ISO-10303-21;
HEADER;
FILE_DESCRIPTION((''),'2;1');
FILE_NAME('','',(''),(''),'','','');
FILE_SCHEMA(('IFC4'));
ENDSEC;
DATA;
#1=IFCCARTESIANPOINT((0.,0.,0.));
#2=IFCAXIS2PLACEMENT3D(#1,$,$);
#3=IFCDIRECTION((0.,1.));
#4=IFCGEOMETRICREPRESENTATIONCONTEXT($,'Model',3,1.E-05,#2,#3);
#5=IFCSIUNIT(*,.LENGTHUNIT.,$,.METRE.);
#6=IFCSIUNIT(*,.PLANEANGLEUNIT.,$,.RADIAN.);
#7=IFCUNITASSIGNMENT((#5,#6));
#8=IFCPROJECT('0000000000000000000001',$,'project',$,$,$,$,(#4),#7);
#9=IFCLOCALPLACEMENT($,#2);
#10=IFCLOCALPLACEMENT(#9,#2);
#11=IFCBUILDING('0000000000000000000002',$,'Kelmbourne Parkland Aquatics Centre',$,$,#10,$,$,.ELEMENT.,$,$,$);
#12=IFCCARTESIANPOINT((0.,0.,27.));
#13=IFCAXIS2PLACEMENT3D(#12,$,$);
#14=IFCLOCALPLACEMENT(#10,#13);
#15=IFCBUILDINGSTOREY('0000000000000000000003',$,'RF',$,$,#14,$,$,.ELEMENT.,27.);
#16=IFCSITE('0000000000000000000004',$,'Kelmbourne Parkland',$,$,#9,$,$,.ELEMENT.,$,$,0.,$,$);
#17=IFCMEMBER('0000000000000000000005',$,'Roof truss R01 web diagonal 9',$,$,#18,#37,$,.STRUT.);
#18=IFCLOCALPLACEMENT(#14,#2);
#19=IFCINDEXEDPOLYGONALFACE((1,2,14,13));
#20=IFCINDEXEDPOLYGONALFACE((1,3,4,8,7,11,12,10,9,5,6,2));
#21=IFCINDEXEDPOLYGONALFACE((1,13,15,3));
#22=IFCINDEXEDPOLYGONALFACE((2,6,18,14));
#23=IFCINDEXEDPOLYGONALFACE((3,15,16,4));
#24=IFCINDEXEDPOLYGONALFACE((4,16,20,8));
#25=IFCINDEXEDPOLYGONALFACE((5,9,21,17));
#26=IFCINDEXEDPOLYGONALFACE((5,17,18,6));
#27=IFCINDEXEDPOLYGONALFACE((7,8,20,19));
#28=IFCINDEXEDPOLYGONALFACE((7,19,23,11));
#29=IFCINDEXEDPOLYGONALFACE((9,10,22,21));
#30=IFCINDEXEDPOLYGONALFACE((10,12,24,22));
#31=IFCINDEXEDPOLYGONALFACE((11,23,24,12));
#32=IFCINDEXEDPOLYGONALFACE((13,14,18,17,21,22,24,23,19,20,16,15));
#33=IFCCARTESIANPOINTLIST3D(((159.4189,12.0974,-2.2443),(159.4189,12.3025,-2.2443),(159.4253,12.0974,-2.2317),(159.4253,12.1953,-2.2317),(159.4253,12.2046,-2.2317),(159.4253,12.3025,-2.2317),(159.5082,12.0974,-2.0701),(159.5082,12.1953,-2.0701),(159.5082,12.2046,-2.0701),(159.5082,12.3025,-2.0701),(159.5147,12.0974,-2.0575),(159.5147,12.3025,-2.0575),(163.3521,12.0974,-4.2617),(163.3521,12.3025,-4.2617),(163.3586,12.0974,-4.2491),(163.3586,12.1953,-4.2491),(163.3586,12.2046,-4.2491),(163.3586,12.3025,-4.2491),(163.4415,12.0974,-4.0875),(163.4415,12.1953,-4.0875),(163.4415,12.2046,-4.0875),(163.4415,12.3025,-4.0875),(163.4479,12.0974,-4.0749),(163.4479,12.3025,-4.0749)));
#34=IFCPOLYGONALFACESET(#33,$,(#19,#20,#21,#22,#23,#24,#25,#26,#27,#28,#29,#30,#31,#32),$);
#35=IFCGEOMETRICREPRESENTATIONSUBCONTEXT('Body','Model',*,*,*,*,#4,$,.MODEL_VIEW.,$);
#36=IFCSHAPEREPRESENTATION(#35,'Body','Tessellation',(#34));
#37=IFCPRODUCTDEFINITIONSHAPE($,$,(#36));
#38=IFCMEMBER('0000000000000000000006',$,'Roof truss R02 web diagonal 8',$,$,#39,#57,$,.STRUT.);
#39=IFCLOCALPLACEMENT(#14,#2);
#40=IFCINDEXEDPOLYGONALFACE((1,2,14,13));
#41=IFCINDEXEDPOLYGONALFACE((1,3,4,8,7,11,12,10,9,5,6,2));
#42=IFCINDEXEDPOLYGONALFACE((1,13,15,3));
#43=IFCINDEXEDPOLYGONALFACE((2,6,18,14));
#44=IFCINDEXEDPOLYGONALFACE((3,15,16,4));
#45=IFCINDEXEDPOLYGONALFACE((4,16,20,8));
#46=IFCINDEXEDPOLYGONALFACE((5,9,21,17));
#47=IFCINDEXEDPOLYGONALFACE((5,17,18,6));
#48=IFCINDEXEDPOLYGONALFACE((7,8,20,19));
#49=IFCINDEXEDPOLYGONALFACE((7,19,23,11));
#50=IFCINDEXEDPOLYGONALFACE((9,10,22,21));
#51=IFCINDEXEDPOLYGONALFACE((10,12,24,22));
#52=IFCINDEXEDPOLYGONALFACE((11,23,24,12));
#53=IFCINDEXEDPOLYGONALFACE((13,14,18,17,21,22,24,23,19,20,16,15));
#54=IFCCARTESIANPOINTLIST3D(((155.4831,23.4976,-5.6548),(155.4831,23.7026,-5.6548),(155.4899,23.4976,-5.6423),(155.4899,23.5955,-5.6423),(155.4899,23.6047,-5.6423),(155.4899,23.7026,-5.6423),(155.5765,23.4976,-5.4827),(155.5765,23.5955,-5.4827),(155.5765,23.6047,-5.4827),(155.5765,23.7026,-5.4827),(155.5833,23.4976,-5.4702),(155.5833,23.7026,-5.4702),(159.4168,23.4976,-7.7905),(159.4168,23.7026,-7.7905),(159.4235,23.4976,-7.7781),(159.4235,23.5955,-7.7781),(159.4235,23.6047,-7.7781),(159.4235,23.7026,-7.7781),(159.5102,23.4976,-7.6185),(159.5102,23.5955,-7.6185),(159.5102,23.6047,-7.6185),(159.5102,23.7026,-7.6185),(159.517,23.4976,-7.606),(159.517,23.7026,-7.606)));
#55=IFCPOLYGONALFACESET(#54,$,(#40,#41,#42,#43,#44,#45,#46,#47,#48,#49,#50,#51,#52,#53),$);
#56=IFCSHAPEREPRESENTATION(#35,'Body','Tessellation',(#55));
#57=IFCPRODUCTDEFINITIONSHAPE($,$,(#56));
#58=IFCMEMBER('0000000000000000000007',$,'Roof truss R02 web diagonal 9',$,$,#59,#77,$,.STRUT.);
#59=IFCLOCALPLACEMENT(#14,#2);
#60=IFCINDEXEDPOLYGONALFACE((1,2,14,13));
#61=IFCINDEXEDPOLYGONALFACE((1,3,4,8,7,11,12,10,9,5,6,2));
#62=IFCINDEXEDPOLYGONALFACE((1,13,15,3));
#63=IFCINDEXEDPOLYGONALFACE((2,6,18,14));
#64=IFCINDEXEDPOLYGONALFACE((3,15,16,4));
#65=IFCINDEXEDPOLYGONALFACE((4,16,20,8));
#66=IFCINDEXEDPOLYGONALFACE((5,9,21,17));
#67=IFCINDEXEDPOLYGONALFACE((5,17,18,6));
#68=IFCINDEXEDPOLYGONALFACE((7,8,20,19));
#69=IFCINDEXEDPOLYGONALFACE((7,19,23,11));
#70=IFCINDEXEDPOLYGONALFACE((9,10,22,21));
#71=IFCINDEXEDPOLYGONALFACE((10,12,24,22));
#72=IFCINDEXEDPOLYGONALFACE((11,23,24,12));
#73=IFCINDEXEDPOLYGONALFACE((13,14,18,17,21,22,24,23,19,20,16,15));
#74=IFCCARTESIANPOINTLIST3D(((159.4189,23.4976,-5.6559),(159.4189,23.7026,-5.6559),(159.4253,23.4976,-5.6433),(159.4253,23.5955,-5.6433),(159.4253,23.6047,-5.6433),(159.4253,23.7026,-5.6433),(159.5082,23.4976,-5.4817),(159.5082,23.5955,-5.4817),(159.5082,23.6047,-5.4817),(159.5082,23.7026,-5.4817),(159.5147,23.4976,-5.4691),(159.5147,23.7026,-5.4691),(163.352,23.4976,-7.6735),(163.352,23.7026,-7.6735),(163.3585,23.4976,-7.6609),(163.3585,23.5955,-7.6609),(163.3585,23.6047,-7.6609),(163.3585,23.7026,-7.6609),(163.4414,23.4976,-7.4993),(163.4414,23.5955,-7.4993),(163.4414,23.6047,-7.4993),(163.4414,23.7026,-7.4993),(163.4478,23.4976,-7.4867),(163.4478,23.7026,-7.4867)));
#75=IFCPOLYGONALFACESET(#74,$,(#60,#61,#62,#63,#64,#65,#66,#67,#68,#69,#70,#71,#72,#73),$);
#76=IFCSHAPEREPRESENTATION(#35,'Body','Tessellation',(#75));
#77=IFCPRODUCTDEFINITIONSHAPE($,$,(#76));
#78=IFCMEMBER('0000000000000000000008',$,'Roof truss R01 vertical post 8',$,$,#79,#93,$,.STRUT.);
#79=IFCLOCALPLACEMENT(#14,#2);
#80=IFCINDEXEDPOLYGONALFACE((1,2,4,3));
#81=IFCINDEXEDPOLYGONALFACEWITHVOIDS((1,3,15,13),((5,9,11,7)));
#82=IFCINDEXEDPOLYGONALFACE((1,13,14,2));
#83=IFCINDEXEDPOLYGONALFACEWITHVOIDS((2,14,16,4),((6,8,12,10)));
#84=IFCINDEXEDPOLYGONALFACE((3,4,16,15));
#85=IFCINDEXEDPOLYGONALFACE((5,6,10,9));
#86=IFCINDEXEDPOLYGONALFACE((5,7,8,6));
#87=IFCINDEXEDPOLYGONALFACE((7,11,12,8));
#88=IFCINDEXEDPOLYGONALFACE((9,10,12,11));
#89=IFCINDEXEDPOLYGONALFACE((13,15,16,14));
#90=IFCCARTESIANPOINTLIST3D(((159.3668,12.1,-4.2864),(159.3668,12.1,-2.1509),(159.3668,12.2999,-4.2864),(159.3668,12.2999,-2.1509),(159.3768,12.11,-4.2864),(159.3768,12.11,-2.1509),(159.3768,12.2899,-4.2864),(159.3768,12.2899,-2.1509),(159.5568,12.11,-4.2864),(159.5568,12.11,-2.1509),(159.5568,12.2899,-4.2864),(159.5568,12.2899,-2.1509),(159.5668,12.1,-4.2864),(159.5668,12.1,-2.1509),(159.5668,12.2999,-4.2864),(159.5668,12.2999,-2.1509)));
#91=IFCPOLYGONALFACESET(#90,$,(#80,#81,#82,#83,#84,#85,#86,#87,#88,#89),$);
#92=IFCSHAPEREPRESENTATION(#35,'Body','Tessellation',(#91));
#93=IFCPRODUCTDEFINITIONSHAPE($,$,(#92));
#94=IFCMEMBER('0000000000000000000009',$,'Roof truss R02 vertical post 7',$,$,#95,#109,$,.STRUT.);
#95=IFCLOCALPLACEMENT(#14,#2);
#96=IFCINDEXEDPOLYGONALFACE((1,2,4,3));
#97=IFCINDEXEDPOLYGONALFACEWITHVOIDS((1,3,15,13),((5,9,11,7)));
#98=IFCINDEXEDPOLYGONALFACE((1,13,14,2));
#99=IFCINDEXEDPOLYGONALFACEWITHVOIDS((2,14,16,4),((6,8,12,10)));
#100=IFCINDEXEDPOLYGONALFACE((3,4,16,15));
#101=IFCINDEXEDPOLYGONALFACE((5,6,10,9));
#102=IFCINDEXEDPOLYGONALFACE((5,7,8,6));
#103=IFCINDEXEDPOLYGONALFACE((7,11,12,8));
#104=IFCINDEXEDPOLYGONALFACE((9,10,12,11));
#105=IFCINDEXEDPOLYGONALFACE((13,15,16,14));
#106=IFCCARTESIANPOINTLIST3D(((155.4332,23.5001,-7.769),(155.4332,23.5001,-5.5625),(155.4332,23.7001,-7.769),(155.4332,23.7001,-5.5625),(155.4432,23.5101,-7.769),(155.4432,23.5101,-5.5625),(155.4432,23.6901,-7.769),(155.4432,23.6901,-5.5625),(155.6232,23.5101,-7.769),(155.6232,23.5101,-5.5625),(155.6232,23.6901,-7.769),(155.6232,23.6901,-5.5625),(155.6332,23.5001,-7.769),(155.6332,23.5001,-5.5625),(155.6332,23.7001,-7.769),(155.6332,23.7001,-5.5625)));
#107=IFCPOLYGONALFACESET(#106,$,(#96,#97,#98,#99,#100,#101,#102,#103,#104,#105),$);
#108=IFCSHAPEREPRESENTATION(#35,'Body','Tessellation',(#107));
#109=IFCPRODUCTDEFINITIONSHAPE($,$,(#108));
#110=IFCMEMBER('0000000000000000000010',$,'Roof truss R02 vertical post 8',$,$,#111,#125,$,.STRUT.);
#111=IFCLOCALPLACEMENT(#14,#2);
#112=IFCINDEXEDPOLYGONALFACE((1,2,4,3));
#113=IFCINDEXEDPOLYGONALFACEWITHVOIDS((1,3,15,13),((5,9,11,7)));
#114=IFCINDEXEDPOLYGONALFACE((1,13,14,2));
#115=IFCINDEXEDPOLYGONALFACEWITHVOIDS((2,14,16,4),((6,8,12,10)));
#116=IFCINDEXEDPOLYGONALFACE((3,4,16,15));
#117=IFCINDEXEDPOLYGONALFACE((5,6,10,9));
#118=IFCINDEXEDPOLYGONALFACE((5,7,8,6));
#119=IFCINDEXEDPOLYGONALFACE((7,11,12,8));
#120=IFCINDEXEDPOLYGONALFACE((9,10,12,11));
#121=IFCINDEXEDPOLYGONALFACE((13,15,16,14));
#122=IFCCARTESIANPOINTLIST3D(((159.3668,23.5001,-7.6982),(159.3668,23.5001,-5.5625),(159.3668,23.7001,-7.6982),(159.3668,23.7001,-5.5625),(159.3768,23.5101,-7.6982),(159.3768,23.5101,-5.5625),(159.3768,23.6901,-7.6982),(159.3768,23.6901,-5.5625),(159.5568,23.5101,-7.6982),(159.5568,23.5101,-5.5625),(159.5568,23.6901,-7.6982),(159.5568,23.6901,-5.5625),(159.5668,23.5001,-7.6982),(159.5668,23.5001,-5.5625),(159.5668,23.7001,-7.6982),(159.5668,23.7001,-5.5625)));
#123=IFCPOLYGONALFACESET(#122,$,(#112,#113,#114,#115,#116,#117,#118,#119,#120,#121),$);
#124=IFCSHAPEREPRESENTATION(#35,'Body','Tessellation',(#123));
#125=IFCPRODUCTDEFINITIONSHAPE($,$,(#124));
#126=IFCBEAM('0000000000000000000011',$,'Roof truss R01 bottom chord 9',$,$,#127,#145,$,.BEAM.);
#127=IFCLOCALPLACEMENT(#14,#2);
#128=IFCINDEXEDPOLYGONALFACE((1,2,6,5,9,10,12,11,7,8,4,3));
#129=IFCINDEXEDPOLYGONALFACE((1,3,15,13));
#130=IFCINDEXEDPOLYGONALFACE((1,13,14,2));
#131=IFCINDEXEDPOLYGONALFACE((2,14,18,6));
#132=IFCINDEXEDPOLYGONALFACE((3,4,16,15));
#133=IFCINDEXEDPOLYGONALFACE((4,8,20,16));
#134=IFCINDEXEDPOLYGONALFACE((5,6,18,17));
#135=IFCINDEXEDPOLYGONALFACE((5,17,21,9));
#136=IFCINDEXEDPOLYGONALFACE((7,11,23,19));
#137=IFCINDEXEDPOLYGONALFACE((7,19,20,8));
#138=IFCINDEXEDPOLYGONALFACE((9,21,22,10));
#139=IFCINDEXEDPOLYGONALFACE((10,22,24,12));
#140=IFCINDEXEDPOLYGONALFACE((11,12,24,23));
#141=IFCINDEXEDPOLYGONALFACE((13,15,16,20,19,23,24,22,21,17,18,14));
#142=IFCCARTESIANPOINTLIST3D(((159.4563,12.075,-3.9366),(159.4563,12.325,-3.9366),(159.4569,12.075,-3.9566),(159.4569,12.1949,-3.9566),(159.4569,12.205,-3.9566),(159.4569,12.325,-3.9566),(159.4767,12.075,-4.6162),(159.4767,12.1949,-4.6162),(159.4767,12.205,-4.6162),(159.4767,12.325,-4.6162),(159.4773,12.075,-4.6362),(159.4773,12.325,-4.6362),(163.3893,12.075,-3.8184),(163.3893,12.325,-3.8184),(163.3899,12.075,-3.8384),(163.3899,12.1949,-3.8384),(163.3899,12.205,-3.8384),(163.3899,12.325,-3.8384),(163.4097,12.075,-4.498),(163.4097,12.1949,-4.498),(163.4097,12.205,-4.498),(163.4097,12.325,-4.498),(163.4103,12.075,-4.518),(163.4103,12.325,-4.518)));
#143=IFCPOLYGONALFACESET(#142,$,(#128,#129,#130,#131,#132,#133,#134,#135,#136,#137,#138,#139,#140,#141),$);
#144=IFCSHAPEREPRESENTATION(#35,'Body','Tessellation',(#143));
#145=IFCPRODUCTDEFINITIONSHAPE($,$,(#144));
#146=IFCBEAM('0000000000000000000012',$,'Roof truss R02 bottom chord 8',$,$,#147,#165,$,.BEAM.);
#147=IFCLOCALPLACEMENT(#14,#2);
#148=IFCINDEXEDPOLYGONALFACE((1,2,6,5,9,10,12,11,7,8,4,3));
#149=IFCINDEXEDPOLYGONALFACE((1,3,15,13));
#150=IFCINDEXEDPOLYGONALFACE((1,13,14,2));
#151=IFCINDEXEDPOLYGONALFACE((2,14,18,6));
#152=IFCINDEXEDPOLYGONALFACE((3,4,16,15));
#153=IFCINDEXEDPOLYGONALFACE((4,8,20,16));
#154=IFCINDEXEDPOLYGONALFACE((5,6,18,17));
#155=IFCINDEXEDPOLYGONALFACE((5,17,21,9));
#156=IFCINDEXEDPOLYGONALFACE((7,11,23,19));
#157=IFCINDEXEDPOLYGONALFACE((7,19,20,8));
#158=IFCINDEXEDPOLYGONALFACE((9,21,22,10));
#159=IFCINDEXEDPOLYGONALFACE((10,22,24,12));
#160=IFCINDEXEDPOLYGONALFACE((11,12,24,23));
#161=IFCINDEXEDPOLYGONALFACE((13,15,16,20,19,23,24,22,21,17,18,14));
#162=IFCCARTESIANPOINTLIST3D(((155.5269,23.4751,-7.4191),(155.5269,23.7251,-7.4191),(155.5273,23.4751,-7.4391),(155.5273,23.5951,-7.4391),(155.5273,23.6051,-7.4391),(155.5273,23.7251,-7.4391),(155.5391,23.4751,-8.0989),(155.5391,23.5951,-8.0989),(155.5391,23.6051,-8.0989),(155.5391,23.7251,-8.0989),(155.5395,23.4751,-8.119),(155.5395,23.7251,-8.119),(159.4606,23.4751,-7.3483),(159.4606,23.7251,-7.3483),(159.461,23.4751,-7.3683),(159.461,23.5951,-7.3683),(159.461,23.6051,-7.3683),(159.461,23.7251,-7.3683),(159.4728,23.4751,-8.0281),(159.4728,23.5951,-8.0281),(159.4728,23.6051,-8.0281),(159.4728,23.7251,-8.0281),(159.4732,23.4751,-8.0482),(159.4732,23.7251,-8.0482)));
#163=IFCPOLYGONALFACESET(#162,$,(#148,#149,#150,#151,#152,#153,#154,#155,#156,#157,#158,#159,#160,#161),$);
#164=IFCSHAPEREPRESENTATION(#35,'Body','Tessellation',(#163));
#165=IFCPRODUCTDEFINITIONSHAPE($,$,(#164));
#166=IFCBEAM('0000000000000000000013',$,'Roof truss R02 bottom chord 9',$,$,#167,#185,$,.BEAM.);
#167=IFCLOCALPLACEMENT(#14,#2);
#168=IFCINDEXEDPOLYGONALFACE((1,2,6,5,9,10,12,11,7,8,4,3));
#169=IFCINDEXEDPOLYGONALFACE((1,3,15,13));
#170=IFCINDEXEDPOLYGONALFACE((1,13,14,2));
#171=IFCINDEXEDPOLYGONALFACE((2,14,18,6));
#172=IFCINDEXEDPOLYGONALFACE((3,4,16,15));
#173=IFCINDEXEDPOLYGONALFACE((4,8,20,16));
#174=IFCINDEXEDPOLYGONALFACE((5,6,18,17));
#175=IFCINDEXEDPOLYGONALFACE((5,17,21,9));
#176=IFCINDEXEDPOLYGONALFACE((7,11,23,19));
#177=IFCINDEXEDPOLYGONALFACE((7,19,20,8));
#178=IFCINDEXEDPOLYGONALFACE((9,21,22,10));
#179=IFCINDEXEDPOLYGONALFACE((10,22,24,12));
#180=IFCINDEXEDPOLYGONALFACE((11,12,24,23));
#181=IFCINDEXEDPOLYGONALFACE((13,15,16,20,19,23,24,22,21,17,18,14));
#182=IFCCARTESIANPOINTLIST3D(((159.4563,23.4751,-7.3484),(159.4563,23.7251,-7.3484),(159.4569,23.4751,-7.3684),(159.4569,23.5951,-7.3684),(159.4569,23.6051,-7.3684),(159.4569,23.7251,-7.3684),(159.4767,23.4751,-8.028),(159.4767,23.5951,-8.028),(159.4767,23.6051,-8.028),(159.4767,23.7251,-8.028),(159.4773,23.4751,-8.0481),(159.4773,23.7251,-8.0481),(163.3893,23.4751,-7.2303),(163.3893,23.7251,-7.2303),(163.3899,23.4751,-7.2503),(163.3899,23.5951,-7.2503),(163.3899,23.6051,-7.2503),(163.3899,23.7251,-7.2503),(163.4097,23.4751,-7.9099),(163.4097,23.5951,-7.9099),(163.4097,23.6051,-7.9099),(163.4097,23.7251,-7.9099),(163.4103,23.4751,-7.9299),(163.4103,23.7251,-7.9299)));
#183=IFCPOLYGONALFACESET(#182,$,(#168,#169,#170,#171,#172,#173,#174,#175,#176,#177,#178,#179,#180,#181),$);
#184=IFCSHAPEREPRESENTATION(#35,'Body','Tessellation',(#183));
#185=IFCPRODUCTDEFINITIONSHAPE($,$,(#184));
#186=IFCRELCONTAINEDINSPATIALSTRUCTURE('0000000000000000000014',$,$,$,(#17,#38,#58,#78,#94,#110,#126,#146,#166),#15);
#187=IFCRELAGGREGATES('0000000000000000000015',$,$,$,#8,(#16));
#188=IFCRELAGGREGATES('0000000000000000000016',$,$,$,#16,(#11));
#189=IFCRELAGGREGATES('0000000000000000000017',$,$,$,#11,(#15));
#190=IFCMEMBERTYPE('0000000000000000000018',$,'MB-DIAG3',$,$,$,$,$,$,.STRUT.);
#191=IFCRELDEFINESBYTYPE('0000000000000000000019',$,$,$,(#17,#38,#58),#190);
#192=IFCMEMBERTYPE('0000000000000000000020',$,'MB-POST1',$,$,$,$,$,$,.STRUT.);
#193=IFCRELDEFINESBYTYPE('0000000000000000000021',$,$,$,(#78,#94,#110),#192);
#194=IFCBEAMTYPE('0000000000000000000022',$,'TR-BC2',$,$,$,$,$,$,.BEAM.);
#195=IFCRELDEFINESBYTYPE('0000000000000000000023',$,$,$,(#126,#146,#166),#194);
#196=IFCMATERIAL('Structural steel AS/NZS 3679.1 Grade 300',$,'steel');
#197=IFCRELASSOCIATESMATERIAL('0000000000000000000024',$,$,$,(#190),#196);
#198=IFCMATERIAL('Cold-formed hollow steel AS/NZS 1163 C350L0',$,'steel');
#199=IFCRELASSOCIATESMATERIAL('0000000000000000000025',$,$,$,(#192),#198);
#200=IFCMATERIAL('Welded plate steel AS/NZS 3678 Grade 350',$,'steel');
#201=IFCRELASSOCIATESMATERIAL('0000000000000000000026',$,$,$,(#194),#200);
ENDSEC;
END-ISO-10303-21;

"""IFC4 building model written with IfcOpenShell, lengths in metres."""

from ifc_helpers import new_model, si_unit, direction, frame, origin, origin_2d, place, context, subcontext, project, spatial, hollow_rectangle, i_section, extrude, material, material_profile, profile_set, type_object, element, save


model = new_model("IFC4")

# Units and contexts
model_context = context("Model", 3, precision=1e-05, world=origin(), true_north=direction((0.0, 1.0)))
body_context = subcontext(model_context, "Body", "Model", "MODEL_VIEW")
ifc_project = project(units=[si_unit("LENGTHUNIT", "METRE"), si_unit("PLANEANGLEUNIT", "RADIAN")], contexts=[model_context])

# Site, building, storey
site_placement = place(None, origin())
site = spatial("IfcSite", under=ifc_project, at=site_placement, Name="Kelmbourne Parkland", CompositionType="ELEMENT", RefElevation=0.0)
building_placement = place(site_placement, origin())
building = spatial("IfcBuilding", under=site, at=building_placement, Name="Kelmbourne Parkland Aquatics Centre", CompositionType="ELEMENT")
storey_placement = place(building_placement, frame((0.0, 0.0, 27.0)))
storey = spatial("IfcBuildingStorey", under=building, at=storey_placement, Name="RF", CompositionType="ELEMENT", Elevation=27.0)

# Members
ifc_material_1 = material(Name="Structural steel AS/NZS 3679.1 Grade 300", Category="steel")
ifc_material_profile_1 = material_profile(ifc_material_1, i_section(OverallWidth=0.2051, OverallDepth=0.21, WebThickness=0.0093, FlangeThickness=0.0142, at=origin_2d()), Name="200UC59.5")
ifc_profile_set_1 = profile_set([ifc_material_profile_1], Name="Structural steel AS/NZS 3679.1 Grade 300")
member_type_1 = type_object("IfcMemberType", Name="MB-DIAG3", PredefinedType="STRUT", material=ifc_profile_set_1)
member_1_placement = place(storey_placement, frame((159.4668, 12.2, -2.1509), z_axis=(0.889785, 0.0, -0.456381), x_axis=(0.0, 1.0, 0.0)))
element("IfcMember", 1, at=member_1_placement, inside=storey, type_object=member_type_1, Name="Roof truss R01 web diagonal 9", PredefinedType="STRUT", context=body_context, shape_type="SweptSolid", body=[
    extrude(i_section(OverallWidth=0.2051, OverallDepth=0.21, WebThickness=0.0093, FlangeThickness=0.0142, at=origin_2d()), origin(), (0.0, 0.0, 1.0), 4.4204),
])
member_2_placement = place(storey_placement, frame((155.5332, 23.6001, -5.5625), z_axis=(0.878819, 0.0, -0.477154), x_axis=(0.0, 1.0, 0.0)))
element("IfcMember", 2, at=member_2_placement, inside=storey, type_object=member_type_1, Name="Roof truss R02 web diagonal 8", PredefinedType="STRUT", context=body_context, shape_type="SweptSolid", body=[
    extrude(i_section(OverallWidth=0.2051, OverallDepth=0.21, WebThickness=0.0093, FlangeThickness=0.0142, at=origin_2d()), origin(), (0.0, 0.0, 1.0), 4.4761),
])
member_3_placement = place(storey_placement, frame((159.4668, 23.6001, -5.5625), z_axis=(0.889762, 0.0, -0.456424), x_axis=(0.0, 1.0, 0.0)))
element("IfcMember", 3, at=member_3_placement, inside=storey, type_object=member_type_1, Name="Roof truss R02 web diagonal 9", PredefinedType="STRUT", context=body_context, shape_type="SweptSolid", body=[
    extrude(i_section(OverallWidth=0.2051, OverallDepth=0.21, WebThickness=0.0093, FlangeThickness=0.0142, at=origin_2d()), origin(), (0.0, 0.0, 1.0), 4.4204),
])
ifc_material_2 = material(Name="Cold-formed hollow steel AS/NZS 1163 C350L0", Category="steel")
ifc_material_profile_2 = material_profile(ifc_material_2, hollow_rectangle(XDim=0.2, YDim=0.2, WallThickness=0.01, at=origin_2d()), Name="SHS 200x200x10.0")
ifc_profile_set_2 = profile_set([ifc_material_profile_2], Name="Cold-formed hollow steel AS/NZS 1163 C350L0")
member_type_2 = type_object("IfcMemberType", Name="MB-POST1", PredefinedType="STRUT", material=ifc_profile_set_2)
member_4_placement = place(storey_placement, frame((159.4668, 12.2, -4.2864), z_axis=(0.0, 0.0, 1.0), x_axis=(1.0, 0.0, 0.0)))
element("IfcMember", 4, at=member_4_placement, inside=storey, type_object=member_type_2, Name="Roof truss R01 vertical post 8", PredefinedType="STRUT", context=body_context, shape_type="SweptSolid", body=[
    extrude(hollow_rectangle(XDim=0.2, YDim=0.2, WallThickness=0.01, at=origin_2d()), origin(), (0.0, 0.0, 1.0), 2.1355),
])
member_5_placement = place(storey_placement, frame((155.5332, 23.6001, -7.769), z_axis=(0.0, 0.0, 1.0), x_axis=(1.0, 0.0, 0.0)))
element("IfcMember", 5, at=member_5_placement, inside=storey, type_object=member_type_2, Name="Roof truss R02 vertical post 7", PredefinedType="STRUT", context=body_context, shape_type="SweptSolid", body=[
    extrude(hollow_rectangle(XDim=0.2, YDim=0.2, WallThickness=0.01, at=origin_2d()), origin(), (0.0, 0.0, 1.0), 2.2065),
])
member_6_placement = place(storey_placement, frame((159.4668, 23.6001, -7.6982), z_axis=(0.0, 0.0, 1.0), x_axis=(1.0, 0.0, 0.0)))
element("IfcMember", 6, at=member_6_placement, inside=storey, type_object=member_type_2, Name="Roof truss R02 vertical post 8", PredefinedType="STRUT", context=body_context, shape_type="SweptSolid", body=[
    extrude(hollow_rectangle(XDim=0.2, YDim=0.2, WallThickness=0.01, at=origin_2d()), origin(), (0.0, 0.0, 1.0), 2.1357),
])

# Beams
ifc_material_3 = material(Name="Welded plate steel AS/NZS 3678 Grade 350", Category="steel")
ifc_material_profile_3 = material_profile(ifc_material_3, i_section(OverallWidth=0.25, OverallDepth=0.7, WebThickness=0.01, FlangeThickness=0.02, at=origin_2d()), Name="700WB130")
ifc_profile_set_3 = profile_set([ifc_material_profile_3], Name="Welded plate steel AS/NZS 3678 Grade 350")
beam_type_1 = type_object("IfcBeamType", Name="TR-BC2", PredefinedType="BEAM", material=ifc_profile_set_3)
beam_1_placement = place(storey_placement, frame((159.4668, 12.2, -4.2864), z_axis=(0.999549, 0.0, 0.03003), x_axis=(0.0, 1.0, 0.0)))
element("IfcBeam", 7, at=beam_1_placement, inside=storey, type_object=beam_type_1, Name="Roof truss R01 bottom chord 9", PredefinedType="BEAM", context=body_context, shape_type="SweptSolid", body=[
    extrude(i_section(OverallWidth=0.25, OverallDepth=0.7, WebThickness=0.01, FlangeThickness=0.02, at=origin_2d()), origin(), (0.0, 0.0, 1.0), 3.9348),
])
beam_2_placement = place(storey_placement, frame((155.5332, 23.6001, -7.769), z_axis=(0.999838, 0.0, 0.017996), x_axis=(0.0, 1.0, 0.0)))
element("IfcBeam", 8, at=beam_2_placement, inside=storey, type_object=beam_type_1, Name="Roof truss R02 bottom chord 8", PredefinedType="BEAM", context=body_context, shape_type="SweptSolid", body=[
    extrude(i_section(OverallWidth=0.25, OverallDepth=0.7, WebThickness=0.01, FlangeThickness=0.02, at=origin_2d()), origin(), (0.0, 0.0, 1.0), 3.9343),
])
beam_3_placement = place(storey_placement, frame((159.4668, 23.6001, -7.6982), z_axis=(0.999549, 0.0, 0.03003), x_axis=(0.0, 1.0, 0.0)))
element("IfcBeam", 9, at=beam_3_placement, inside=storey, type_object=beam_type_1, Name="Roof truss R02 bottom chord 9", PredefinedType="BEAM", context=body_context, shape_type="SweptSolid", body=[
    extrude(i_section(OverallWidth=0.25, OverallDepth=0.7, WebThickness=0.01, FlangeThickness=0.02, at=origin_2d()), origin(), (0.0, 0.0, 1.0), 3.9348),
])

save(model, "model.ifc")
